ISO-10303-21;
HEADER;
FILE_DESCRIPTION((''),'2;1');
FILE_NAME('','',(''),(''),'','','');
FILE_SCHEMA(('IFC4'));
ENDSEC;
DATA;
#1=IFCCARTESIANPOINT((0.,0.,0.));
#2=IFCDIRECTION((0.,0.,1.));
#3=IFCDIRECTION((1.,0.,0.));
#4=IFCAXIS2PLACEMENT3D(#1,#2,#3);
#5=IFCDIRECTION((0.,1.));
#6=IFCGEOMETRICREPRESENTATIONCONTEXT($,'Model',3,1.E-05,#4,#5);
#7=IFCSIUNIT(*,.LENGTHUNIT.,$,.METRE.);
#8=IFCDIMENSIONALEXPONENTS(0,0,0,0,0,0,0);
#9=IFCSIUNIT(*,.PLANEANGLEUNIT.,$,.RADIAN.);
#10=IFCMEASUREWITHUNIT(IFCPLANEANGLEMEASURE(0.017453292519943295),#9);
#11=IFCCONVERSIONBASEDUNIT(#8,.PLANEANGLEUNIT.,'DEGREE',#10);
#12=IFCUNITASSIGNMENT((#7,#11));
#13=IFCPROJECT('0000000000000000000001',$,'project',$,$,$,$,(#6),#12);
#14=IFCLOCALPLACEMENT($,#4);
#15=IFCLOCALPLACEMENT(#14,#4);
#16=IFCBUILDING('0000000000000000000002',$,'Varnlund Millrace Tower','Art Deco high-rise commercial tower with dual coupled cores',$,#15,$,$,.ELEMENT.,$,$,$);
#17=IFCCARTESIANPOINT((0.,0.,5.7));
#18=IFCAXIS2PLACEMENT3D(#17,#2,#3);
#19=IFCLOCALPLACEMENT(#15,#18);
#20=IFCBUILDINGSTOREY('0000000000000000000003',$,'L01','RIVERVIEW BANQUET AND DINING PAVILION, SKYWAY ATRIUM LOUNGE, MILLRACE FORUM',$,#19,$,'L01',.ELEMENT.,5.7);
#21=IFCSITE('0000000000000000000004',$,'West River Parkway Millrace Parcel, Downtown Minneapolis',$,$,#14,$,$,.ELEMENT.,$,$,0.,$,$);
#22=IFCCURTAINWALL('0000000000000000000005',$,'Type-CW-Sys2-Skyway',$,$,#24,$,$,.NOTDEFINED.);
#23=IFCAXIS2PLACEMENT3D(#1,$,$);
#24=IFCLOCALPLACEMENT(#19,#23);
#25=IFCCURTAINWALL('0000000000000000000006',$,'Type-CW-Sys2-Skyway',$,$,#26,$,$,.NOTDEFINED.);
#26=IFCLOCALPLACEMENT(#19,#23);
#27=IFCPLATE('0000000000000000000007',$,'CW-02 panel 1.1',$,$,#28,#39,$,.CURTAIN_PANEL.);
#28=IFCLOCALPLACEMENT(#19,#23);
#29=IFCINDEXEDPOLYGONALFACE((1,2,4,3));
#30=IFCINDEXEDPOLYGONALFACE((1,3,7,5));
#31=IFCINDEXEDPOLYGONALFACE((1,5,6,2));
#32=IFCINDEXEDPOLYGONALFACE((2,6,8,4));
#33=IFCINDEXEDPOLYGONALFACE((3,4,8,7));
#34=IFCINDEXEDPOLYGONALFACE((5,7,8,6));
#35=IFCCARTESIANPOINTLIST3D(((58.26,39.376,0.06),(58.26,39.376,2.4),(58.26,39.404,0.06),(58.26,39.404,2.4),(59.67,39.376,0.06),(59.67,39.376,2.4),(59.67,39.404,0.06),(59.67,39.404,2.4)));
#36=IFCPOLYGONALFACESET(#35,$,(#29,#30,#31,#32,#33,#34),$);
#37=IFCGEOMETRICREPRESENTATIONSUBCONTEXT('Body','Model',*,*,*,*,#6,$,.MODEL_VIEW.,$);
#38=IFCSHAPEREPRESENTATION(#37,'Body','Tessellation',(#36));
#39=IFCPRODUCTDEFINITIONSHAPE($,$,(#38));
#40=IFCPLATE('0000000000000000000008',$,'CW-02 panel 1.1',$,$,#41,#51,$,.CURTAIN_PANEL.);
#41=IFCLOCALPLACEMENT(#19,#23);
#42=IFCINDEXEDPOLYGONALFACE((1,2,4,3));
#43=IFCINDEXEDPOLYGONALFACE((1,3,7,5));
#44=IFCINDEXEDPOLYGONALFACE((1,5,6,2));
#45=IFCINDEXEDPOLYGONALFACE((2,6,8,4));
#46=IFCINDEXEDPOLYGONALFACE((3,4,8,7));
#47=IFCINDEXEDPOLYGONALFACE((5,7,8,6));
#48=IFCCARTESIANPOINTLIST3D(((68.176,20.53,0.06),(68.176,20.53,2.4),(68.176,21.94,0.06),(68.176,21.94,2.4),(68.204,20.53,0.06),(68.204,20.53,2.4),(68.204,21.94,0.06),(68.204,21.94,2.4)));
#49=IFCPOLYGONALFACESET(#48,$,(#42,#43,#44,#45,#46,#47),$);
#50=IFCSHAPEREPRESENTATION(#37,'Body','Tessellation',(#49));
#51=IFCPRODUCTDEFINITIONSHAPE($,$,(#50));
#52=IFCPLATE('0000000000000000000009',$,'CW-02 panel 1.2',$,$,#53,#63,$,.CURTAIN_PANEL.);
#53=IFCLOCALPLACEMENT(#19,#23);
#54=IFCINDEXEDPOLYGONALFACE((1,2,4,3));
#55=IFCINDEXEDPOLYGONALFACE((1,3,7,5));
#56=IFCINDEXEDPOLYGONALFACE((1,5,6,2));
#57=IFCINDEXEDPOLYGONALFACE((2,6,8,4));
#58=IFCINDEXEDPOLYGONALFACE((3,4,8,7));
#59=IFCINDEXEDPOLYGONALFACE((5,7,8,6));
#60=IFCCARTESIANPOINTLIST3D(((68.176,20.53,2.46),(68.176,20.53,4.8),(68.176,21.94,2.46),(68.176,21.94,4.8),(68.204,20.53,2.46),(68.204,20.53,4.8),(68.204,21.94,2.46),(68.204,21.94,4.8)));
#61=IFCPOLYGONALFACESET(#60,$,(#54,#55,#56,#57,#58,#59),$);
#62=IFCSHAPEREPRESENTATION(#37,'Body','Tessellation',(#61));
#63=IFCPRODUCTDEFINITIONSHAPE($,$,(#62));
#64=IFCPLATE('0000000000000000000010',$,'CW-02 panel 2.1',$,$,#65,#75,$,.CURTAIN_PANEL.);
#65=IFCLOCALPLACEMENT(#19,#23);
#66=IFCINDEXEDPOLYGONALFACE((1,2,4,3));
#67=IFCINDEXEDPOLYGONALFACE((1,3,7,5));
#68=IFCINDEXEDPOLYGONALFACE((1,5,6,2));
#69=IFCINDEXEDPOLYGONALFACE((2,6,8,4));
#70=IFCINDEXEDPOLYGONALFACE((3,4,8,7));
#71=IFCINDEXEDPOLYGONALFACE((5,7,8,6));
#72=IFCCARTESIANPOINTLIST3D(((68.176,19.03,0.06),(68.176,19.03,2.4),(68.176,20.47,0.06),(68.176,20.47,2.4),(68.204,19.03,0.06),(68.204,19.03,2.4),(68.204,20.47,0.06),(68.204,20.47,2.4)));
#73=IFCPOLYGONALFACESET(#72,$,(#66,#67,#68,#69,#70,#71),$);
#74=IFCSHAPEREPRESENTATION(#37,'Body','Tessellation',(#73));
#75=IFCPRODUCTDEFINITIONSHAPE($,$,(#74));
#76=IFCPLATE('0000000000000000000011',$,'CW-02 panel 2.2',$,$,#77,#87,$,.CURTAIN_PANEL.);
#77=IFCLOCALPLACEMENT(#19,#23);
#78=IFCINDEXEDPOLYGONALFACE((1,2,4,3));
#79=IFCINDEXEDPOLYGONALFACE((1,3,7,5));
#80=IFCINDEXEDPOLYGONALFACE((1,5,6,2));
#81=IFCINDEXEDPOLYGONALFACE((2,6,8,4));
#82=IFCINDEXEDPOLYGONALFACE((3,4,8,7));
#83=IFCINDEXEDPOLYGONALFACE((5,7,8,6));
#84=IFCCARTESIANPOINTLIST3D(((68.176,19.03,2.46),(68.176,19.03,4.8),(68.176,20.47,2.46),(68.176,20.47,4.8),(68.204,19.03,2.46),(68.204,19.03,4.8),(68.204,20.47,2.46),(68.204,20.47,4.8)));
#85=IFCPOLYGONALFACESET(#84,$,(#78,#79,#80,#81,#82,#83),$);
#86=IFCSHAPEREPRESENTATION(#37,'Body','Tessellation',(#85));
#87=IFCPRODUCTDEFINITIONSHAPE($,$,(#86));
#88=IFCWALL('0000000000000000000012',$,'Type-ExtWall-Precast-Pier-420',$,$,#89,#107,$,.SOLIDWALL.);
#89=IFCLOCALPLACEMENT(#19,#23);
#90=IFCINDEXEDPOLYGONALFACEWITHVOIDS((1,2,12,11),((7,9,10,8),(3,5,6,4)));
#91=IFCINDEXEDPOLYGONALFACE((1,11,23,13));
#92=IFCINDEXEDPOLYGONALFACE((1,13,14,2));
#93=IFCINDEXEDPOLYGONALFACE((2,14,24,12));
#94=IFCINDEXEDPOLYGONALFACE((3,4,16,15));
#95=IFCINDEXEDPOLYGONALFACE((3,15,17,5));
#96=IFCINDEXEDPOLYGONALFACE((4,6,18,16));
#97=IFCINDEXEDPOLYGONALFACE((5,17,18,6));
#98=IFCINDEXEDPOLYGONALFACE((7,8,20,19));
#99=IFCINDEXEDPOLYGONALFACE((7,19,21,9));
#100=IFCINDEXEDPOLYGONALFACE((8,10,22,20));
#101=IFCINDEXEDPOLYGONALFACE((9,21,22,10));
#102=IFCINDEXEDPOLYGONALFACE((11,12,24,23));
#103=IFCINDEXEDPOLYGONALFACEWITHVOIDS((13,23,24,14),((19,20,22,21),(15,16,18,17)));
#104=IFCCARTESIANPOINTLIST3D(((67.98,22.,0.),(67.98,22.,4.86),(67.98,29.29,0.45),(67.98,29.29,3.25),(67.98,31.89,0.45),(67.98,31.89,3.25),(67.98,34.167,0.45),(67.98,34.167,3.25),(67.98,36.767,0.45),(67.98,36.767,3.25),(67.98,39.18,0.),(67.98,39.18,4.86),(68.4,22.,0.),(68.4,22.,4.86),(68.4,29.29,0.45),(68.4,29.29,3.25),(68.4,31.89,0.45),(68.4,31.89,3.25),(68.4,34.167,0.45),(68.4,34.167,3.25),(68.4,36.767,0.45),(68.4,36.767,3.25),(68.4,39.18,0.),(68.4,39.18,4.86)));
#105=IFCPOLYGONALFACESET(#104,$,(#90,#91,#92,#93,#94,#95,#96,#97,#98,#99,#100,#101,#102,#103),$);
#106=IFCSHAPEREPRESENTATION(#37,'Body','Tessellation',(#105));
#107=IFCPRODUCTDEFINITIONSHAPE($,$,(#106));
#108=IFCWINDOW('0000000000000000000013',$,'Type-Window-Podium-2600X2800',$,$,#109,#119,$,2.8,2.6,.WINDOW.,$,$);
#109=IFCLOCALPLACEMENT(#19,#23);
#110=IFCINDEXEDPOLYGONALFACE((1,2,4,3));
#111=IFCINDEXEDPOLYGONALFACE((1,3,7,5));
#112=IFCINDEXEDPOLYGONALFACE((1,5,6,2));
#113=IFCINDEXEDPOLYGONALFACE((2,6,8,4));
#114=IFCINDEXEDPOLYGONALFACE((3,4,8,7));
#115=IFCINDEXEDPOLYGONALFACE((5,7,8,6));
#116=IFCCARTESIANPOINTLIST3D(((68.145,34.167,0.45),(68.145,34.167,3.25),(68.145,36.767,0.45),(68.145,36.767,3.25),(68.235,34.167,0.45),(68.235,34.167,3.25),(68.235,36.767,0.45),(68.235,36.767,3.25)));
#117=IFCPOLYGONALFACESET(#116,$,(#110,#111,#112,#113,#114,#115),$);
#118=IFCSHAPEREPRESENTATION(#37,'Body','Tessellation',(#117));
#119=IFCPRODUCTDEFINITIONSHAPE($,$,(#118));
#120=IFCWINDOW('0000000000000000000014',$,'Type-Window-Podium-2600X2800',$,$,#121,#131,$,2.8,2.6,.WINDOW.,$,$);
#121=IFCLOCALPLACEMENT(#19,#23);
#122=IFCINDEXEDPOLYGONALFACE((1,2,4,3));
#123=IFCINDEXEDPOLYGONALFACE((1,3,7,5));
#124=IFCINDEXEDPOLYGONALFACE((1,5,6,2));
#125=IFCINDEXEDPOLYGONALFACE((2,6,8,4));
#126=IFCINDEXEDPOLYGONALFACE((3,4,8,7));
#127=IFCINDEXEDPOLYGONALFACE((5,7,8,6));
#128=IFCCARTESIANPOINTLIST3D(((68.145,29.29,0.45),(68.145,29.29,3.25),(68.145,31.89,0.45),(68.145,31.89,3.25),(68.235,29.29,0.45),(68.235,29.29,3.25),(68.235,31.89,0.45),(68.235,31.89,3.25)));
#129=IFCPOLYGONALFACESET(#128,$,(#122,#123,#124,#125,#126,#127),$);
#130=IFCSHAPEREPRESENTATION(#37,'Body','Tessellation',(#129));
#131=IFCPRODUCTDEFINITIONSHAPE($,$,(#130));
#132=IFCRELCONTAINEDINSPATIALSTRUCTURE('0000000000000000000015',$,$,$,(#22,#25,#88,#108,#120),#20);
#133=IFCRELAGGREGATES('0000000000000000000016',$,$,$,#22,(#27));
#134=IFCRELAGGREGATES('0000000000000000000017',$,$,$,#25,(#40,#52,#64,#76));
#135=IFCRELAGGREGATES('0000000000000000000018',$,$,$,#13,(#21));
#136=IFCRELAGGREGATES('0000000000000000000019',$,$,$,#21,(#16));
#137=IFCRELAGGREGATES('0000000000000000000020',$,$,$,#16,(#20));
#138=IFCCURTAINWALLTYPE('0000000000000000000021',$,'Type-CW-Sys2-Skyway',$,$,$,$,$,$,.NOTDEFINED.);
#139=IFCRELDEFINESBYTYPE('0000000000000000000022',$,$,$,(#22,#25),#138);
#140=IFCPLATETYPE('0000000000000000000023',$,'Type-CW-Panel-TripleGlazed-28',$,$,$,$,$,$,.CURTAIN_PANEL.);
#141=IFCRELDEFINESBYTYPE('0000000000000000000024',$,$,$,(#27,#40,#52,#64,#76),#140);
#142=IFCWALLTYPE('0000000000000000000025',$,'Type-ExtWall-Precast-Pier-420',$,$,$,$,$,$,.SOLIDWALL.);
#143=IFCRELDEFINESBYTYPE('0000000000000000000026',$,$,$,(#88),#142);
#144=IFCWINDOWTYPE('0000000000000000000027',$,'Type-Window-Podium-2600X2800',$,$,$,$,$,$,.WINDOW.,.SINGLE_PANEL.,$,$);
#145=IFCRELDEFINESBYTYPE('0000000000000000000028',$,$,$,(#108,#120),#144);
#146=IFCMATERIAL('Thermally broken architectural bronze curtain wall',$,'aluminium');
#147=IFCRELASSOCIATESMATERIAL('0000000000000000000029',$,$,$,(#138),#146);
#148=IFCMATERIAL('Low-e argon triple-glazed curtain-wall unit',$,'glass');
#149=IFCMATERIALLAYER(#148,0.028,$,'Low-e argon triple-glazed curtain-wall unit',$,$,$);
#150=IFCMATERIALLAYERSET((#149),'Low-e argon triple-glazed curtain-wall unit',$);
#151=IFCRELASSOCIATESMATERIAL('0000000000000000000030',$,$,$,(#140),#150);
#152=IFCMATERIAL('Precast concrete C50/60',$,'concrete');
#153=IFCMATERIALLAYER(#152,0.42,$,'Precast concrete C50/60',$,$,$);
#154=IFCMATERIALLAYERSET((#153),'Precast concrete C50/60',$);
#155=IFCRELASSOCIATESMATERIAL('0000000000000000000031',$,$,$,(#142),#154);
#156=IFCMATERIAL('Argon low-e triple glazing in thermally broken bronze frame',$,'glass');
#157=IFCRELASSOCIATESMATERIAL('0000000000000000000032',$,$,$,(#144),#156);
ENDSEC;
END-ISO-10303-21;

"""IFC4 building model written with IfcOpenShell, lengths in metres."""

from ifc_helpers import new_model, entity, si_unit, converted_unit, direction, frame, origin_with_axes, origin_2d_with_axis, place, context, subcontext, project, spatial, polyline, rectangle, outline, extrude, material, layer, layer_set, type_object, element, fill, aggregate, save


model = new_model("IFC4")

# Units and contexts
model_context = context("Model", 3, precision=1e-05, world=origin_with_axes(), true_north=direction((0.0, 1.0)))
body_context = subcontext(model_context, "Body", "Model", "MODEL_VIEW")
ifc_project = project(units=[si_unit("LENGTHUNIT", "METRE"), converted_unit("PLANEANGLEUNIT", "DEGREE", entity("IfcPlaneAngleMeasure", 0.017453292519943295), si_unit("PLANEANGLEUNIT", "RADIAN"), dimensions=[0, 0, 0, 0, 0, 0, 0])], contexts=[model_context])

# Site, building, storey
site_placement = place(None, origin_with_axes())
site = spatial("IfcSite", under=ifc_project, at=site_placement, Name="West River Parkway Millrace Parcel, Downtown Minneapolis", CompositionType="ELEMENT", RefElevation=0.0)
building_placement = place(site_placement, origin_with_axes())
building = spatial("IfcBuilding", under=site, at=building_placement, Name="Varnlund Millrace Tower", Description="Art Deco high-rise commercial tower with dual coupled cores", CompositionType="ELEMENT")
storey_placement = place(building_placement, frame((0.0, 0.0, 5.7), z_axis=(0.0, 0.0, 1.0), x_axis=(1.0, 0.0, 0.0)))
storey = spatial("IfcBuildingStorey", under=building, at=storey_placement, Name="L01", Description="RIVERVIEW BANQUET AND DINING PAVILION, SKYWAY ATRIUM LOUNGE, MILLRACE FORUM", LongName="L01", CompositionType="ELEMENT", Elevation=5.7)

# Curtain wall
ifc_material_1 = material(Name="Thermally broken architectural bronze curtain wall", Category="aluminium")
curtain_wall_type = type_object("IfcCurtainWallType", Name="Type-CW-Sys2-Skyway", PredefinedType="NOTDEFINED", material=ifc_material_1)
curtain_wall_1_placement = place(storey_placement, frame((58.2, 39.39, 0.0), z_axis=(0.0, 0.0, 1.0), x_axis=(1.0, 0.0, 0.0)))
curtain_wall_1 = element("IfcCurtainWall", 1, at=curtain_wall_1_placement, inside=storey, type_object=curtain_wall_type, Name="Type-CW-Sys2-Skyway", PredefinedType="NOTDEFINED")

# Curtain wall
curtain_wall_2_placement = place(storey_placement, frame((68.19, 22.0, 0.0), z_axis=(0.0, 0.0, 1.0), x_axis=(1.0, 0.0, 0.0)))
curtain_wall_2 = element("IfcCurtainWall", 2, at=curtain_wall_2_placement, inside=storey, type_object=curtain_wall_type, Name="Type-CW-Sys2-Skyway", PredefinedType="NOTDEFINED")

# Plates
ifc_material_2 = material(Name="Low-e argon triple-glazed curtain-wall unit", Category="glass")
ifc_layer_1 = layer(ifc_material_2, 0.028, Name="Low-e argon triple-glazed curtain-wall unit")
ifc_layer_set_1 = layer_set([ifc_layer_1], Name="Low-e argon triple-glazed curtain-wall unit")
plate_type = type_object("IfcPlateType", Name="Type-CW-Panel-TripleGlazed-28", PredefinedType="CURTAIN_PANEL", material=ifc_layer_set_1)
plate_1_placement = place(storey_placement, frame((58.965, 39.39, 0.06), z_axis=(0.0, 0.0, 1.0), x_axis=(1.0, 0.0, 0.0)))
plate_1 = element("IfcPlate", 3, at=plate_1_placement, type_object=plate_type, Name="CW-02 panel 1.1", PredefinedType="CURTAIN_PANEL", context=body_context, shape_type="SweptSolid", body=[
    extrude(rectangle(XDim=1.41, YDim=0.028, at=origin_2d_with_axis()), origin_with_axes(), (0.0, 0.0, 1.0), 2.34),
])
aggregate(curtain_wall_1, [plate_1])
plate_2_placement = place(storey_placement, frame((68.19, 21.235, 0.06), z_axis=(0.0, 0.0, 1.0), x_axis=(0.0, -1.0, 0.0)))
plate_2 = element("IfcPlate", 4, at=plate_2_placement, type_object=plate_type, Name="CW-02 panel 1.1", PredefinedType="CURTAIN_PANEL", context=body_context, shape_type="SweptSolid", body=[
    extrude(rectangle(XDim=1.41, YDim=0.028, at=origin_2d_with_axis()), origin_with_axes(), (0.0, 0.0, 1.0), 2.34),
])
plate_3_placement = place(storey_placement, frame((68.19, 21.235, 2.46), z_axis=(0.0, 0.0, 1.0), x_axis=(0.0, -1.0, 0.0)))
plate_3 = element("IfcPlate", 5, at=plate_3_placement, type_object=plate_type, Name="CW-02 panel 1.2", PredefinedType="CURTAIN_PANEL", context=body_context, shape_type="SweptSolid", body=[
    extrude(rectangle(XDim=1.41, YDim=0.028, at=origin_2d_with_axis()), origin_with_axes(), (0.0, 0.0, 1.0), 2.34),
])
plate_4_placement = place(storey_placement, frame((68.19, 19.75, 0.06), z_axis=(0.0, 0.0, 1.0), x_axis=(0.0, -1.0, 0.0)))
plate_4 = element("IfcPlate", 6, at=plate_4_placement, type_object=plate_type, Name="CW-02 panel 2.1", PredefinedType="CURTAIN_PANEL", context=body_context, shape_type="SweptSolid", body=[
    extrude(rectangle(XDim=1.44, YDim=0.028, at=origin_2d_with_axis()), origin_with_axes(), (0.0, 0.0, 1.0), 2.34),
])
plate_5_placement = place(storey_placement, frame((68.19, 19.75, 2.46), z_axis=(0.0, 0.0, 1.0), x_axis=(0.0, -1.0, 0.0)))
plate_5 = element("IfcPlate", 7, at=plate_5_placement, type_object=plate_type, Name="CW-02 panel 2.2", PredefinedType="CURTAIN_PANEL", context=body_context, shape_type="SweptSolid", body=[
    extrude(rectangle(XDim=1.44, YDim=0.028, at=origin_2d_with_axis()), origin_with_axes(), (0.0, 0.0, 1.0), 2.34),
])
aggregate(curtain_wall_2, [plate_2, plate_3, plate_4, plate_5])

# Wall, openings, windows
ifc_material_3 = material(Name="Precast concrete C50/60", Category="concrete")
ifc_layer_2 = layer(ifc_material_3, 0.42, Name="Precast concrete C50/60")
ifc_layer_set_2 = layer_set([ifc_layer_2], Name="Precast concrete C50/60")
wall_type = type_object("IfcWallType", Name="Type-ExtWall-Precast-Pier-420", PredefinedType="SOLIDWALL", material=ifc_layer_set_2)
wall_placement = place(storey_placement, frame((68.19, 39.18, 0.0), z_axis=(0.0, 0.0, 1.0), x_axis=(0.0, -1.0, 0.0)))
wall = element("IfcWall", 8, at=wall_placement, inside=storey, type_object=wall_type, Name="Type-ExtWall-Precast-Pier-420", PredefinedType="SOLIDWALL", context=body_context, shape_type="SweptSolid", body=[
    extrude(outline(polyline([(0.0, -0.21), (17.18, -0.21), (17.18, 0.21), (0.0, 0.21), (0.0, -0.21)])), origin_with_axes(), (0.0, 0.0, 1.0), 4.86),
])
opening_1_placement = place(wall_placement, frame((3.713, 0.0, 0.45), z_axis=(0.0, 0.0, 1.0), x_axis=(1.0, 0.0, 0.0)))
opening_1 = element("IfcOpeningElement", 9, at=opening_1_placement, cuts=wall, PredefinedType="OPENING", context=body_context, shape_type="SweptSolid", body=[
    extrude(rectangle(XDim=2.6, YDim=0.44, at=origin_2d_with_axis()), origin_with_axes(), (0.0, 0.0, 1.0), 2.8),
])
opening_2_placement = place(wall_placement, frame((8.59, 0.0, 0.45), z_axis=(0.0, 0.0, 1.0), x_axis=(1.0, 0.0, 0.0)))
opening_2 = element("IfcOpeningElement", 10, at=opening_2_placement, cuts=wall, PredefinedType="OPENING", context=body_context, shape_type="SweptSolid", body=[
    extrude(rectangle(XDim=2.6, YDim=0.44, at=origin_2d_with_axis()), origin_with_axes(), (0.0, 0.0, 1.0), 2.8),
])
ifc_material_4 = material(Name="Argon low-e triple glazing in thermally broken bronze frame", Category="glass")
window_type = type_object("IfcWindowType", Name="Type-Window-Podium-2600X2800", PartitioningType="SINGLE_PANEL", PredefinedType="WINDOW", material=ifc_material_4)
window_1_placement = place(wall_placement, frame((3.713, 0.0, 0.45), z_axis=(0.0, 0.0, 1.0), x_axis=(1.0, 0.0, 0.0)))
window_1 = element("IfcWindow", 11, at=window_1_placement, inside=storey, type_object=window_type, Name="Type-Window-Podium-2600X2800", OverallHeight=2.8, OverallWidth=2.6, PredefinedType="WINDOW", context=body_context, shape_type="SweptSolid", body=[
    extrude(rectangle(XDim=2.6, YDim=0.09, at=origin_2d_with_axis()), origin_with_axes(), (0.0, 0.0, 1.0), 2.8),
])
fill(opening_1, window_1)
window_2_placement = place(wall_placement, frame((8.59, 0.0, 0.45), z_axis=(0.0, 0.0, 1.0), x_axis=(1.0, 0.0, 0.0)))
window_2 = element("IfcWindow", 12, at=window_2_placement, inside=storey, type_object=window_type, Name="Type-Window-Podium-2600X2800", OverallHeight=2.8, OverallWidth=2.6, PredefinedType="WINDOW", context=body_context, shape_type="SweptSolid", body=[
    extrude(rectangle(XDim=2.6, YDim=0.09, at=origin_2d_with_axis()), origin_with_axes(), (0.0, 0.0, 1.0), 2.8),
])
fill(opening_2, window_2)

save(model, "model.ifc")
